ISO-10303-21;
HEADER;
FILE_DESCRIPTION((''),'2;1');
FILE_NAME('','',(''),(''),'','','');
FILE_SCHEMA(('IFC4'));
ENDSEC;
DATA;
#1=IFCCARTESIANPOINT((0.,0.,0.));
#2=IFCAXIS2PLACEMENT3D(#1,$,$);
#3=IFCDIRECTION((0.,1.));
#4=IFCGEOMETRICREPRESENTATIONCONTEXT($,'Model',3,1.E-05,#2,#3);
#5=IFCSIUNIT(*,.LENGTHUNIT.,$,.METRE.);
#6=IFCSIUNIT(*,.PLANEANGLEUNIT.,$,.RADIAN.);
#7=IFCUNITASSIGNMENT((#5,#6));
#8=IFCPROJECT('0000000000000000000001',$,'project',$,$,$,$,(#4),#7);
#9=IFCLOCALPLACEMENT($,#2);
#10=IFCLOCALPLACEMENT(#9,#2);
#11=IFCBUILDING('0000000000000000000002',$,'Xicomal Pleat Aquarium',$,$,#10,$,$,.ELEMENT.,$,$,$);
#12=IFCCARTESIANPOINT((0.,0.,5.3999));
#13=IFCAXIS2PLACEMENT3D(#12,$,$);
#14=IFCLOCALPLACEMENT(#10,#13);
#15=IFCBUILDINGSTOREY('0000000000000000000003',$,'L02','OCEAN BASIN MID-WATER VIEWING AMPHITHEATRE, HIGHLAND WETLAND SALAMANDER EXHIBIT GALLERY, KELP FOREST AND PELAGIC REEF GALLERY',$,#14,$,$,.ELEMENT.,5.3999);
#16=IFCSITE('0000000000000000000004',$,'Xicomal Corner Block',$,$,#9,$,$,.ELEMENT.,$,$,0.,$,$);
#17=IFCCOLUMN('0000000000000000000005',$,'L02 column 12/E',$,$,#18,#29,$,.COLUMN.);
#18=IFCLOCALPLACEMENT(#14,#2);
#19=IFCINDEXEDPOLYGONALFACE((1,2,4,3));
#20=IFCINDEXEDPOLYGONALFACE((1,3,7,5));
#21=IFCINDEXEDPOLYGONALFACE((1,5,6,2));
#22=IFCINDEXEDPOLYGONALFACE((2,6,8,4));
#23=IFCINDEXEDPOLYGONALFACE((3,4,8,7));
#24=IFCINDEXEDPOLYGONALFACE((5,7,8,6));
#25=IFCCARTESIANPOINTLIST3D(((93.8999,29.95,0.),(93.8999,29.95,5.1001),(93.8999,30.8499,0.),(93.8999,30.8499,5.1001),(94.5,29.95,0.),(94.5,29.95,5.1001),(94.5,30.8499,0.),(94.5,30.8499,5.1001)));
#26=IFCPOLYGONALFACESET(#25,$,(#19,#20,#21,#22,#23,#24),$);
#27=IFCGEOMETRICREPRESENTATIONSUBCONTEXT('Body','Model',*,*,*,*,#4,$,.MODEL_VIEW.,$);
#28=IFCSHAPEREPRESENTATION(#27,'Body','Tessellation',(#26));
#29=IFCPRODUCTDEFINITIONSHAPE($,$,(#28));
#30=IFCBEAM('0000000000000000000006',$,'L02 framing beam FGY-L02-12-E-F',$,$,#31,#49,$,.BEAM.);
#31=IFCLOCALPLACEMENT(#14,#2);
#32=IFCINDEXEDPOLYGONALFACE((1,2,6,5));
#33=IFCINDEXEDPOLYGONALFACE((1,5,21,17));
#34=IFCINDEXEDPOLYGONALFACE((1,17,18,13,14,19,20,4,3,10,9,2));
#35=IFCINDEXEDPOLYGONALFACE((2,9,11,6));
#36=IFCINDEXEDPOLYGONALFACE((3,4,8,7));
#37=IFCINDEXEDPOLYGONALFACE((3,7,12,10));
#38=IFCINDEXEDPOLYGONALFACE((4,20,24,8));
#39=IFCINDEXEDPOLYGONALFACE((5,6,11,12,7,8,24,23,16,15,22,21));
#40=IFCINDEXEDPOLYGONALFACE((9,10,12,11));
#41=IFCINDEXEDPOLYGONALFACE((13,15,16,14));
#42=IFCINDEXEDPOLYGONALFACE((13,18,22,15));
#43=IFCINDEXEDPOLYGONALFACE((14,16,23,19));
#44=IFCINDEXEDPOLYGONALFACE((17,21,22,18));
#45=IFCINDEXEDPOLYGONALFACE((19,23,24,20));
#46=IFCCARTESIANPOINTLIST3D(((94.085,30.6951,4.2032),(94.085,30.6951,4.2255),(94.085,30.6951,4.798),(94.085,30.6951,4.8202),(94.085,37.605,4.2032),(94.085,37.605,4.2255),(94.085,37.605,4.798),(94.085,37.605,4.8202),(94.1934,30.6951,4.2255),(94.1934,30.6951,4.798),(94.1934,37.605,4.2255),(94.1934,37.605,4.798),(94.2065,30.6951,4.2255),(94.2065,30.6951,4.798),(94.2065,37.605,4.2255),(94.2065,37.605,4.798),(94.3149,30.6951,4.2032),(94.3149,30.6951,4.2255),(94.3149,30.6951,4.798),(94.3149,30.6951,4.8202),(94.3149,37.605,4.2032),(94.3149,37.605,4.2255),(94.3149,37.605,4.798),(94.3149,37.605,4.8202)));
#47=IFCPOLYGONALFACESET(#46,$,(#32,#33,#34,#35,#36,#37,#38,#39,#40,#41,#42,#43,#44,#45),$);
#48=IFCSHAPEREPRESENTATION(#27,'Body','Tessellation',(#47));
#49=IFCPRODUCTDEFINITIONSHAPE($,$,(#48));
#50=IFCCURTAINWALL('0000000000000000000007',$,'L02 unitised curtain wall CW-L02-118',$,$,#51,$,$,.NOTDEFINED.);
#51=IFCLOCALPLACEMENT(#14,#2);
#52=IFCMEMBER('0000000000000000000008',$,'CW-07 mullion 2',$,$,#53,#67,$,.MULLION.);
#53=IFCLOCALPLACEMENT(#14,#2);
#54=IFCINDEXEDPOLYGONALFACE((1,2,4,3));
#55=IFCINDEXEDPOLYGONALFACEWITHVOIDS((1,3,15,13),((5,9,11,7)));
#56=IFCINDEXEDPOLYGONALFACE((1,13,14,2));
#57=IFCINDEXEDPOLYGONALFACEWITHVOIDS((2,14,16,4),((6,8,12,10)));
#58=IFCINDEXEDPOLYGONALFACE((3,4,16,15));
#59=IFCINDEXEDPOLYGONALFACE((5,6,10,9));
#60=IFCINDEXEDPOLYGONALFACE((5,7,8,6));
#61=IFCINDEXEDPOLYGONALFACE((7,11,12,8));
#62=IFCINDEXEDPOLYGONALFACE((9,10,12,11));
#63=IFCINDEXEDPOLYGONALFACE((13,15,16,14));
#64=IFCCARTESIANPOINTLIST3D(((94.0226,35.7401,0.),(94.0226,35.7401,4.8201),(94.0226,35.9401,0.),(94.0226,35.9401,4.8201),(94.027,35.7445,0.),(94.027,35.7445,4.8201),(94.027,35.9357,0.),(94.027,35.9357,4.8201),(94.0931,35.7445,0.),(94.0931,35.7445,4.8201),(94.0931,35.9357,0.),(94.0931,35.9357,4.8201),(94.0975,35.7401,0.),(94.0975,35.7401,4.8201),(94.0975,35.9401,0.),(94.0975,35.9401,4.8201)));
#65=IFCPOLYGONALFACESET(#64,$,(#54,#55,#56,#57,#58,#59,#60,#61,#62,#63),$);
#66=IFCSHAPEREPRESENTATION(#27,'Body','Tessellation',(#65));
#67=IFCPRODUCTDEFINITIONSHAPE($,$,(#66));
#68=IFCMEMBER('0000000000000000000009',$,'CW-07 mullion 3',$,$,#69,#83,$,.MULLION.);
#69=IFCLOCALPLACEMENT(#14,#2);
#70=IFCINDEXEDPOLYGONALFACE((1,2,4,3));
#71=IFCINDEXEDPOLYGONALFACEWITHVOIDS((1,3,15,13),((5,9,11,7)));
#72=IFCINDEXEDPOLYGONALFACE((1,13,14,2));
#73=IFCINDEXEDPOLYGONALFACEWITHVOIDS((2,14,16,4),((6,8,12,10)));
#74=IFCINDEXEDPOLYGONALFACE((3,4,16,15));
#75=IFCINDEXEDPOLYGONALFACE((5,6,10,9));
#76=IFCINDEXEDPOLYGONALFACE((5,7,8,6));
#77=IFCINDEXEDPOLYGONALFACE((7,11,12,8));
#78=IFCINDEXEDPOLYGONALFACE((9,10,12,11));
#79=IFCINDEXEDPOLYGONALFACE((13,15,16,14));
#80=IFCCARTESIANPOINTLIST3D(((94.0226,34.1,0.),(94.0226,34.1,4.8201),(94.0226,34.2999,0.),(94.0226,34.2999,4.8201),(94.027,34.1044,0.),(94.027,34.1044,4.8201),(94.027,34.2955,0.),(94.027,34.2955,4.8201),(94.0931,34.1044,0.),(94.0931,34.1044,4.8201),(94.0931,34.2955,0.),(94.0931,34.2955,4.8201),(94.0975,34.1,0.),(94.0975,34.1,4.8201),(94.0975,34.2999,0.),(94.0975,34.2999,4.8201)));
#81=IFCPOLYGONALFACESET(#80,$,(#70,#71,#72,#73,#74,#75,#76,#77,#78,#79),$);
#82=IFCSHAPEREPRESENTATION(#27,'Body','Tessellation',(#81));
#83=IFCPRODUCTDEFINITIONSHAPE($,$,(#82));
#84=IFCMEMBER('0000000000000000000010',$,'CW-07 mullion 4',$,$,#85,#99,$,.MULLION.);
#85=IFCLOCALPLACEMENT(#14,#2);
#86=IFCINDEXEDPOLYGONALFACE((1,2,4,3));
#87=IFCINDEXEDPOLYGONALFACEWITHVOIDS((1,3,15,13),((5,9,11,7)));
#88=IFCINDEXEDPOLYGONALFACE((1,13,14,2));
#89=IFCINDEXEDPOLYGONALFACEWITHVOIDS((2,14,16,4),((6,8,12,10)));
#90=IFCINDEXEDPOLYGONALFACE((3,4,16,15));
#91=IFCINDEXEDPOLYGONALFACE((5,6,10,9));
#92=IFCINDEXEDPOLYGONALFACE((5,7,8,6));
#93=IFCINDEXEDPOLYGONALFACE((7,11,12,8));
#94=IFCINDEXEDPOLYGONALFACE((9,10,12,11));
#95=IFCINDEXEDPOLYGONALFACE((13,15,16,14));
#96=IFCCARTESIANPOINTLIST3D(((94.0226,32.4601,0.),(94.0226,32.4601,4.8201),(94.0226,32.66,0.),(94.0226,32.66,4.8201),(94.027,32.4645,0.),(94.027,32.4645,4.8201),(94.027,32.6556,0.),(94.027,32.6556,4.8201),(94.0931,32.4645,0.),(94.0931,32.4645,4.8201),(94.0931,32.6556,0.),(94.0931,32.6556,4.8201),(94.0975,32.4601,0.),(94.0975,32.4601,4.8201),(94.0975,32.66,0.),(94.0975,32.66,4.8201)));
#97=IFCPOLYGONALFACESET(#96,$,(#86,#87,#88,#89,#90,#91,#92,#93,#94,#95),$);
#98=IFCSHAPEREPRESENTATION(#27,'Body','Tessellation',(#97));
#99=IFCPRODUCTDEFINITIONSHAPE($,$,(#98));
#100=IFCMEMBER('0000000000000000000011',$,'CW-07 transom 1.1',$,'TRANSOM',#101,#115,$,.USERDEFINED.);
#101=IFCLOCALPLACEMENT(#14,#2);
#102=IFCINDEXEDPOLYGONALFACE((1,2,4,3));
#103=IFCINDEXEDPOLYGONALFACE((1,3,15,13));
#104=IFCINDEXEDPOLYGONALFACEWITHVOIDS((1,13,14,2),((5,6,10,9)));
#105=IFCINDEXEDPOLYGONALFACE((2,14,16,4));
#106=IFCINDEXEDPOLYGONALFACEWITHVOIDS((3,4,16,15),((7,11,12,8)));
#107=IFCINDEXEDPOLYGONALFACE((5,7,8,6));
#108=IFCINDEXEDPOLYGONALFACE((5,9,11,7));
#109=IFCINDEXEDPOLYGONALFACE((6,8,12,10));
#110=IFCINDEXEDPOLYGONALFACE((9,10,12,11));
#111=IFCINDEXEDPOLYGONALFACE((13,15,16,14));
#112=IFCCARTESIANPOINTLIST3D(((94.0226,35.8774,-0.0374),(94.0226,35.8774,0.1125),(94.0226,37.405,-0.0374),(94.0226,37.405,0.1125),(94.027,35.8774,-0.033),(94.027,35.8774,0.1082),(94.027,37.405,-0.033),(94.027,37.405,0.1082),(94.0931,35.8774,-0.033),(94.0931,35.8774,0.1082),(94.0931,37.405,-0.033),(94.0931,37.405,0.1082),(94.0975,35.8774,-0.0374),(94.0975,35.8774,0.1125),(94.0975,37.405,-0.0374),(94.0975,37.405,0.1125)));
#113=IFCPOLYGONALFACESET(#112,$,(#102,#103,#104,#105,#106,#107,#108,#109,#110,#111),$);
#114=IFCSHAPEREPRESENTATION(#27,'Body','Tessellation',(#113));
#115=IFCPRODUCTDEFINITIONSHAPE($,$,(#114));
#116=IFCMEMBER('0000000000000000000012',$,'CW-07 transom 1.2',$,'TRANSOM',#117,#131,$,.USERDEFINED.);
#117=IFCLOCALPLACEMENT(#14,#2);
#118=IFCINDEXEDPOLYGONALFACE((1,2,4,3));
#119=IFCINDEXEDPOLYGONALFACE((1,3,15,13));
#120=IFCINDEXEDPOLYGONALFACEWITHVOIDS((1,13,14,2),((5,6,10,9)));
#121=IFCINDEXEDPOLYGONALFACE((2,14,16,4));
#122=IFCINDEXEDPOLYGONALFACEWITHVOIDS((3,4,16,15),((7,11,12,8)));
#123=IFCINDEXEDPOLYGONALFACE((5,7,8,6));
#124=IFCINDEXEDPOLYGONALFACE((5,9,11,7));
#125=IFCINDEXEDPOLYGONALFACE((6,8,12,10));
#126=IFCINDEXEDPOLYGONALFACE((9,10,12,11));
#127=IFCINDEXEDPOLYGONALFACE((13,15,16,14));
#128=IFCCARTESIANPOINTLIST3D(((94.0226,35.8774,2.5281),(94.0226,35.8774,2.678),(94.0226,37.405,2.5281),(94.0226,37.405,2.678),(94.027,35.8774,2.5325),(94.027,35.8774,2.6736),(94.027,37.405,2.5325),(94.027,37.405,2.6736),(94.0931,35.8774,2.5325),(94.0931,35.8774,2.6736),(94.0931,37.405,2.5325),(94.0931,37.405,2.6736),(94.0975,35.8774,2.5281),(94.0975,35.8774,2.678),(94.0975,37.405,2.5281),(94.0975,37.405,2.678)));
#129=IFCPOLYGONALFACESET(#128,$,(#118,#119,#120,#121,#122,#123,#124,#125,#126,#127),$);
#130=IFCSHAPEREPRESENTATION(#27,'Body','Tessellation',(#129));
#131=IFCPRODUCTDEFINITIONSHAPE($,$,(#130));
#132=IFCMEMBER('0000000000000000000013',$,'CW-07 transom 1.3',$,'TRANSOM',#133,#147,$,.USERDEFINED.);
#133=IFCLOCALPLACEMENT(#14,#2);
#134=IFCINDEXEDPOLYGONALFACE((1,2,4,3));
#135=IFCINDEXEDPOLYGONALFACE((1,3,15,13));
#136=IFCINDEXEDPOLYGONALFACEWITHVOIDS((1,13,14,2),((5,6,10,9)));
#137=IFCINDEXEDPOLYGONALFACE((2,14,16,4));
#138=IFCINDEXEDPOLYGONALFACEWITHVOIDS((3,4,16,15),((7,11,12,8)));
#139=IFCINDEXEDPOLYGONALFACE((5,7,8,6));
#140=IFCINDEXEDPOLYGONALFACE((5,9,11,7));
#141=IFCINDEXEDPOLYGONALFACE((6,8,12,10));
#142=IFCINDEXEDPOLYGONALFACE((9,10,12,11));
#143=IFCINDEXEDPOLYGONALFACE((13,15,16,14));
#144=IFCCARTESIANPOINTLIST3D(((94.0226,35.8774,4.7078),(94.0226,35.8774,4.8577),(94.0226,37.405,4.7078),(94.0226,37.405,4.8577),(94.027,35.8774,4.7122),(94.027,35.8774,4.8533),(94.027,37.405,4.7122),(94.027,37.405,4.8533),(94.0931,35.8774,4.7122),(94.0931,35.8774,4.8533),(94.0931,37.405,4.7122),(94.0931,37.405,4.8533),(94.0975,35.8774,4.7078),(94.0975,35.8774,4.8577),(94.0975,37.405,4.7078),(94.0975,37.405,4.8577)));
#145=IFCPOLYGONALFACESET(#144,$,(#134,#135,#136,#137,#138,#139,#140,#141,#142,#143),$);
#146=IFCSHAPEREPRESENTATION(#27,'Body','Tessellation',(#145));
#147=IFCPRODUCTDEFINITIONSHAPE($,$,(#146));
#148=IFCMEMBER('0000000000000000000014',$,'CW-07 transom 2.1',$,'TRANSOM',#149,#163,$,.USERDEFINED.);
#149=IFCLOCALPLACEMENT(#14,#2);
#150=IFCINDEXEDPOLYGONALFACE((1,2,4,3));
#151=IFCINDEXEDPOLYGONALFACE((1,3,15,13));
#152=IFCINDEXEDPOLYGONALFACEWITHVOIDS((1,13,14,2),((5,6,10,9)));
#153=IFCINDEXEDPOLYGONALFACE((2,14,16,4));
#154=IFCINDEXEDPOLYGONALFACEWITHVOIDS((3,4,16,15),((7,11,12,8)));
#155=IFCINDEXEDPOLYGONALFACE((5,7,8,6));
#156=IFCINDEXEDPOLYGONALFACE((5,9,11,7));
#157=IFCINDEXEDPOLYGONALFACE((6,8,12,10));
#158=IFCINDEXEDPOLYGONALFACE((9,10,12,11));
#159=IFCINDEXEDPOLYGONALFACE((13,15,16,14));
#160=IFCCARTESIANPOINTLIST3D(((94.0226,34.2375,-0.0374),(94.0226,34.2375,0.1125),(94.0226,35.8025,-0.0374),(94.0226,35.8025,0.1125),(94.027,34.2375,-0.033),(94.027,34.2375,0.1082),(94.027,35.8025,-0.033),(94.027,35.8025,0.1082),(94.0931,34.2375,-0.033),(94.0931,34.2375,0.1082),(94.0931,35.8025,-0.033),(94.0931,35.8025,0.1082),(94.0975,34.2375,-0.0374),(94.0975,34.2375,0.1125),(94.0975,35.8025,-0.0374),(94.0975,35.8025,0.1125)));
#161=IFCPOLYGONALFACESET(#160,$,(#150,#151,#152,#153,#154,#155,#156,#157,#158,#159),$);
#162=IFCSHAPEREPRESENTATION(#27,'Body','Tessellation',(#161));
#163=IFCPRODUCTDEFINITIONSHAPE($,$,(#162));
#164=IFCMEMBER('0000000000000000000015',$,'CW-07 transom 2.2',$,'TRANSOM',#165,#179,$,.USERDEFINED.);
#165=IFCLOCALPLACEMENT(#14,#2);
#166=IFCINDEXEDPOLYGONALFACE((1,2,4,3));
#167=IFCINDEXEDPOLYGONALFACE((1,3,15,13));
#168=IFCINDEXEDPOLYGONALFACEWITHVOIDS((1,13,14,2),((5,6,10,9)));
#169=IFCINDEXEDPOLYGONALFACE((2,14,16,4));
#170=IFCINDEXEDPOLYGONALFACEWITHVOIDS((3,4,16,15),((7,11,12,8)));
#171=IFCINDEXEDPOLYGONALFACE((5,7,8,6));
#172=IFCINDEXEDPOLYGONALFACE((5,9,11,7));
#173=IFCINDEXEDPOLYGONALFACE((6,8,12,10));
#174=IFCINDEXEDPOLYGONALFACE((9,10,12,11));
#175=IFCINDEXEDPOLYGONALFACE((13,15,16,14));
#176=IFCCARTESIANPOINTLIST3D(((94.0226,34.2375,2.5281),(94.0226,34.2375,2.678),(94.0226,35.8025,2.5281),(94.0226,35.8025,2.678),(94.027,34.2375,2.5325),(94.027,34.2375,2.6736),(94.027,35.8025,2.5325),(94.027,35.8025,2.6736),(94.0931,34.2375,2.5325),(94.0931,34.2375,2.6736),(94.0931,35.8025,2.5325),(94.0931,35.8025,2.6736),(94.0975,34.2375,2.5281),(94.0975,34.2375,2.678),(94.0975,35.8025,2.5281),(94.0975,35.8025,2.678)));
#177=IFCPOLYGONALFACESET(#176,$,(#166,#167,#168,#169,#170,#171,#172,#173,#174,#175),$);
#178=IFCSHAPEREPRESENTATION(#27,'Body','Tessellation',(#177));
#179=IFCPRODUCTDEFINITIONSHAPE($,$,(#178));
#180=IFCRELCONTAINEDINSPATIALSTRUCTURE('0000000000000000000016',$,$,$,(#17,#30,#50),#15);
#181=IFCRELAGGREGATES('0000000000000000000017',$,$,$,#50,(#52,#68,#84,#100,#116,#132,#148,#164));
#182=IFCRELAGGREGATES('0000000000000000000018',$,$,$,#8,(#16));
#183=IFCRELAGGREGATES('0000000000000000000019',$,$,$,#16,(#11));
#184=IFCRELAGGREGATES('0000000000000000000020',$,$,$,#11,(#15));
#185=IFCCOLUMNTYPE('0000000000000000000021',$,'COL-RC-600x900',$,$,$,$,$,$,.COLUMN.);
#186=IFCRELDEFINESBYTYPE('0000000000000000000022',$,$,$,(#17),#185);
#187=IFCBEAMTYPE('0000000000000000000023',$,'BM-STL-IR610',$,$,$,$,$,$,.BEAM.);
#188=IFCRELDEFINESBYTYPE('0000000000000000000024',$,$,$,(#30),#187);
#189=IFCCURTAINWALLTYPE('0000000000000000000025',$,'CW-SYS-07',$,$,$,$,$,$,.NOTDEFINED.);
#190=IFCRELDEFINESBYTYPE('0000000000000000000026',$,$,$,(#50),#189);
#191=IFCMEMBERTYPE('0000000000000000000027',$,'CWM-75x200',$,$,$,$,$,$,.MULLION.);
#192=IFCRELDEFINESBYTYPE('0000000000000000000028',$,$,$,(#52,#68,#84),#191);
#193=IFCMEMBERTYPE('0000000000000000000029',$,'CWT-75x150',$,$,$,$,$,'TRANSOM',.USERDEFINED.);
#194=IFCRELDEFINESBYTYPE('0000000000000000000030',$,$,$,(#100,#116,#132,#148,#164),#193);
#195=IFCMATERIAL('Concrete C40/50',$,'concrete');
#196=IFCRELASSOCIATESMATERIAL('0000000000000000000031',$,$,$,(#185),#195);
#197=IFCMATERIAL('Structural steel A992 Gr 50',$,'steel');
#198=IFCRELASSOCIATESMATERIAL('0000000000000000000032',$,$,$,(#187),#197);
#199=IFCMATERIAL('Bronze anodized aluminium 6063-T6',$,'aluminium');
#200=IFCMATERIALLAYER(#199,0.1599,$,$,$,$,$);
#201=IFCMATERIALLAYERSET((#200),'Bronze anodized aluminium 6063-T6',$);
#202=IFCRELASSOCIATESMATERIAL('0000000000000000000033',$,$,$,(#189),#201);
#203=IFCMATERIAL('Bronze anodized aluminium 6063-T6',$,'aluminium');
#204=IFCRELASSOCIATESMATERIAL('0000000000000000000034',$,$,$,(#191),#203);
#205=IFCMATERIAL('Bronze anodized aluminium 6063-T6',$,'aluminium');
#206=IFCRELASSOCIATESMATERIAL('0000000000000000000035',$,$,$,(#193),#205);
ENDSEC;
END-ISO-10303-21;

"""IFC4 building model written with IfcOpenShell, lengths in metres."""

from ifc_helpers import new_model, si_unit, direction, frame, origin, origin_2d, place, context, subcontext, project, spatial, rectangle, hollow_rectangle, i_section, extrude, material, layer, layer_set, material_profile, profile_set, type_object, element, aggregate, save


model = new_model("IFC4")

# Units and contexts
model_context = context("Model", 3, precision=1e-05, world=origin(), true_north=direction((0.0, 1.0)))
body_context = subcontext(model_context, "Body", "Model", "MODEL_VIEW")
ifc_project = project(units=[si_unit("LENGTHUNIT", "METRE"), si_unit("PLANEANGLEUNIT", "RADIAN")], contexts=[model_context])

# Site, building, storey
site_placement = place(None, origin())
site = spatial("IfcSite", under=ifc_project, at=site_placement, Name="Xicomal Corner Block", CompositionType="ELEMENT", RefElevation=0.0)
building_placement = place(site_placement, origin())
building = spatial("IfcBuilding", under=site, at=building_placement, Name="Xicomal Pleat Aquarium", CompositionType="ELEMENT")
storey_placement = place(building_placement, frame((0.0, 0.0, 5.3999)))
storey = spatial("IfcBuildingStorey", under=building, at=storey_placement, Name="L02", Description="OCEAN BASIN MID-WATER VIEWING AMPHITHEATRE, HIGHLAND WETLAND SALAMANDER EXHIBIT GALLERY, KELP FOREST AND PELAGIC REEF GALLERY", CompositionType="ELEMENT", Elevation=5.3999)

# Column
ifc_material_1 = material(Name="Concrete C40/50", Category="concrete")
ifc_material_profile_1 = material_profile(ifc_material_1, rectangle(XDim=0.6001, YDim=0.8999, at=origin_2d()), Name="RC 600x900")
ifc_profile_set_1 = profile_set([ifc_material_profile_1], Name="Concrete C40/50")
column_type = type_object("IfcColumnType", Name="COL-RC-600x900", PredefinedType="COLUMN", material=ifc_profile_set_1)
column_placement = place(storey_placement, frame((94.2, 30.3999, 0.0), z_axis=(0.0, 0.0, 1.0), x_axis=(1.0, 0.0, 0.0)))
element("IfcColumn", 1, at=column_placement, inside=storey, type_object=column_type, Name="L02 column 12/E", PredefinedType="COLUMN", context=body_context, shape_type="SweptSolid", body=[
    extrude(rectangle(XDim=0.6001, YDim=0.8999, at=origin_2d()), origin(), (0.0, 0.0, 1.0), 5.1001),
])

# Beam
ifc_material_2 = material(Name="Structural steel A992 Gr 50", Category="steel")
ifc_material_profile_2 = material_profile(ifc_material_2, i_section(OverallWidth=0.23, OverallDepth=0.6169, WebThickness=0.0132, FlangeThickness=0.0222, at=origin_2d()), Name="IR 610x140")
ifc_profile_set_2 = profile_set([ifc_material_profile_2], Name="Structural steel A992 Gr 50")
beam_type = type_object("IfcBeamType", Name="BM-STL-IR610", PredefinedType="BEAM", material=ifc_profile_set_2)
beam_placement = place(storey_placement, frame((94.2, 30.6951, 4.5117), z_axis=(0.0, 1.0, 0.0), x_axis=(-1.0, 0.0, 0.0)))
element("IfcBeam", 2, at=beam_placement, inside=storey, type_object=beam_type, Name="L02 framing beam FGY-L02-12-E-F", PredefinedType="BEAM", context=body_context, shape_type="SweptSolid", body=[
    extrude(i_section(OverallWidth=0.23, OverallDepth=0.6169, WebThickness=0.0132, FlangeThickness=0.0222, at=origin_2d()), origin(), (0.0, 0.0, 1.0), 6.9099),
])

# Curtain wall, members
ifc_material_3 = material(Name="Bronze anodized aluminium 6063-T6", Category="aluminium")
ifc_layer_1 = layer(ifc_material_3, 0.1599)
ifc_layer_set_1 = layer_set([ifc_layer_1], Name="Bronze anodized aluminium 6063-T6")
curtain_wall_type = type_object("IfcCurtainWallType", Name="CW-SYS-07", PredefinedType="NOTDEFINED", material=ifc_layer_set_1)
curtain_wall_placement = place(storey_placement, origin())
curtain_wall = element("IfcCurtainWall", 3, at=curtain_wall_placement, inside=storey, type_object=curtain_wall_type, Name="L02 unitised curtain wall CW-L02-118", PredefinedType="NOTDEFINED")
ifc_material_4 = material(Name="Bronze anodized aluminium 6063-T6", Category="aluminium")
ifc_material_profile_3 = material_profile(ifc_material_4, hollow_rectangle(XDim=0.075, YDim=0.2, WallThickness=0.0044, at=origin_2d()), Name="ALU MULL 75x200")
ifc_profile_set_3 = profile_set([ifc_material_profile_3], Name="Bronze anodized aluminium 6063-T6")
member_type_1 = type_object("IfcMemberType", Name="CWM-75x200", PredefinedType="MULLION", material=ifc_profile_set_3)
member_1_placement = place(storey_placement, frame((94.0601, 35.8401, 0.0), z_axis=(0.0, 0.0, 1.0), x_axis=(1.0, 0.0, 0.0)))
member_1 = element("IfcMember", 4, at=member_1_placement, type_object=member_type_1, Name="CW-07 mullion 2", PredefinedType="MULLION", context=body_context, shape_type="SweptSolid", body=[
    extrude(hollow_rectangle(XDim=0.075, YDim=0.2, WallThickness=0.0044, at=origin_2d()), origin(), (0.0, 0.0, 1.0), 4.8201),
])
member_2_placement = place(storey_placement, frame((94.0601, 34.2, 0.0), z_axis=(0.0, 0.0, 1.0), x_axis=(1.0, 0.0, 0.0)))
member_2 = element("IfcMember", 5, at=member_2_placement, type_object=member_type_1, Name="CW-07 mullion 3", PredefinedType="MULLION", context=body_context, shape_type="SweptSolid", body=[
    extrude(hollow_rectangle(XDim=0.075, YDim=0.2, WallThickness=0.0044, at=origin_2d()), origin(), (0.0, 0.0, 1.0), 4.8201),
])
member_3_placement = place(storey_placement, frame((94.0601, 32.5601, 0.0), z_axis=(0.0, 0.0, 1.0), x_axis=(1.0, 0.0, 0.0)))
member_3 = element("IfcMember", 6, at=member_3_placement, type_object=member_type_1, Name="CW-07 mullion 4", PredefinedType="MULLION", context=body_context, shape_type="SweptSolid", body=[
    extrude(hollow_rectangle(XDim=0.075, YDim=0.2, WallThickness=0.0044, at=origin_2d()), origin(), (0.0, 0.0, 1.0), 4.8201),
])
ifc_material_5 = material(Name="Bronze anodized aluminium 6063-T6", Category="aluminium")
ifc_material_profile_4 = material_profile(ifc_material_5, hollow_rectangle(XDim=0.075, YDim=0.1499, WallThickness=0.0044, at=origin_2d()), Name="ALU TRAN 75x150")
ifc_profile_set_4 = profile_set([ifc_material_profile_4], Name="Bronze anodized aluminium 6063-T6")
member_type_2 = type_object("IfcMemberType", Name="CWT-75x150", ElementType="TRANSOM", PredefinedType="USERDEFINED", material=ifc_profile_set_4)
member_4_placement = place(storey_placement, frame((94.0601, 37.405, 0.0376), z_axis=(0.0, -1.0, 0.0), x_axis=(1.0, 0.0, 0.0)))
member_4 = element("IfcMember", 7, at=member_4_placement, type_object=member_type_2, Name="CW-07 transom 1.1", ObjectType="TRANSOM", PredefinedType="USERDEFINED", context=body_context, shape_type="SweptSolid", body=[
    extrude(hollow_rectangle(XDim=0.075, YDim=0.1499, WallThickness=0.0044, at=origin_2d()), origin(), (0.0, 0.0, 1.0), 1.5276),
])
member_5_placement = place(storey_placement, frame((94.0601, 37.405, 2.603), z_axis=(0.0, -1.0, 0.0), x_axis=(1.0, 0.0, 0.0)))
member_5 = element("IfcMember", 8, at=member_5_placement, type_object=member_type_2, Name="CW-07 transom 1.2", ObjectType="TRANSOM", PredefinedType="USERDEFINED", context=body_context, shape_type="SweptSolid", body=[
    extrude(hollow_rectangle(XDim=0.075, YDim=0.1499, WallThickness=0.0044, at=origin_2d()), origin(), (0.0, 0.0, 1.0), 1.5276),
])
member_6_placement = place(storey_placement, frame((94.0601, 37.405, 4.7827), z_axis=(0.0, -1.0, 0.0), x_axis=(1.0, 0.0, 0.0)))
member_6 = element("IfcMember", 9, at=member_6_placement, type_object=member_type_2, Name="CW-07 transom 1.3", ObjectType="TRANSOM", PredefinedType="USERDEFINED", context=body_context, shape_type="SweptSolid", body=[
    extrude(hollow_rectangle(XDim=0.075, YDim=0.1499, WallThickness=0.0044, at=origin_2d()), origin(), (0.0, 0.0, 1.0), 1.5276),
])
member_7_placement = place(storey_placement, frame((94.0601, 35.8025, 0.0376), z_axis=(0.0, -1.0, 0.0), x_axis=(1.0, 0.0, 0.0)))
member_7 = element("IfcMember", 10, at=member_7_placement, type_object=member_type_2, Name="CW-07 transom 2.1", ObjectType="TRANSOM", PredefinedType="USERDEFINED", context=body_context, shape_type="SweptSolid", body=[
    extrude(hollow_rectangle(XDim=0.075, YDim=0.1499, WallThickness=0.0044, at=origin_2d()), origin(), (0.0, 0.0, 1.0), 1.5649),
])
member_8_placement = place(storey_placement, frame((94.0601, 35.8025, 2.603), z_axis=(0.0, -1.0, 0.0), x_axis=(1.0, 0.0, 0.0)))
member_8 = element("IfcMember", 11, at=member_8_placement, type_object=member_type_2, Name="CW-07 transom 2.2", ObjectType="TRANSOM", PredefinedType="USERDEFINED", context=body_context, shape_type="SweptSolid", body=[
    extrude(hollow_rectangle(XDim=0.075, YDim=0.1499, WallThickness=0.0044, at=origin_2d()), origin(), (0.0, 0.0, 1.0), 1.5649),
])
aggregate(curtain_wall, [member_1, member_2, member_3, member_4, member_5, member_6, member_7, member_8])

save(model, "model.ifc")
